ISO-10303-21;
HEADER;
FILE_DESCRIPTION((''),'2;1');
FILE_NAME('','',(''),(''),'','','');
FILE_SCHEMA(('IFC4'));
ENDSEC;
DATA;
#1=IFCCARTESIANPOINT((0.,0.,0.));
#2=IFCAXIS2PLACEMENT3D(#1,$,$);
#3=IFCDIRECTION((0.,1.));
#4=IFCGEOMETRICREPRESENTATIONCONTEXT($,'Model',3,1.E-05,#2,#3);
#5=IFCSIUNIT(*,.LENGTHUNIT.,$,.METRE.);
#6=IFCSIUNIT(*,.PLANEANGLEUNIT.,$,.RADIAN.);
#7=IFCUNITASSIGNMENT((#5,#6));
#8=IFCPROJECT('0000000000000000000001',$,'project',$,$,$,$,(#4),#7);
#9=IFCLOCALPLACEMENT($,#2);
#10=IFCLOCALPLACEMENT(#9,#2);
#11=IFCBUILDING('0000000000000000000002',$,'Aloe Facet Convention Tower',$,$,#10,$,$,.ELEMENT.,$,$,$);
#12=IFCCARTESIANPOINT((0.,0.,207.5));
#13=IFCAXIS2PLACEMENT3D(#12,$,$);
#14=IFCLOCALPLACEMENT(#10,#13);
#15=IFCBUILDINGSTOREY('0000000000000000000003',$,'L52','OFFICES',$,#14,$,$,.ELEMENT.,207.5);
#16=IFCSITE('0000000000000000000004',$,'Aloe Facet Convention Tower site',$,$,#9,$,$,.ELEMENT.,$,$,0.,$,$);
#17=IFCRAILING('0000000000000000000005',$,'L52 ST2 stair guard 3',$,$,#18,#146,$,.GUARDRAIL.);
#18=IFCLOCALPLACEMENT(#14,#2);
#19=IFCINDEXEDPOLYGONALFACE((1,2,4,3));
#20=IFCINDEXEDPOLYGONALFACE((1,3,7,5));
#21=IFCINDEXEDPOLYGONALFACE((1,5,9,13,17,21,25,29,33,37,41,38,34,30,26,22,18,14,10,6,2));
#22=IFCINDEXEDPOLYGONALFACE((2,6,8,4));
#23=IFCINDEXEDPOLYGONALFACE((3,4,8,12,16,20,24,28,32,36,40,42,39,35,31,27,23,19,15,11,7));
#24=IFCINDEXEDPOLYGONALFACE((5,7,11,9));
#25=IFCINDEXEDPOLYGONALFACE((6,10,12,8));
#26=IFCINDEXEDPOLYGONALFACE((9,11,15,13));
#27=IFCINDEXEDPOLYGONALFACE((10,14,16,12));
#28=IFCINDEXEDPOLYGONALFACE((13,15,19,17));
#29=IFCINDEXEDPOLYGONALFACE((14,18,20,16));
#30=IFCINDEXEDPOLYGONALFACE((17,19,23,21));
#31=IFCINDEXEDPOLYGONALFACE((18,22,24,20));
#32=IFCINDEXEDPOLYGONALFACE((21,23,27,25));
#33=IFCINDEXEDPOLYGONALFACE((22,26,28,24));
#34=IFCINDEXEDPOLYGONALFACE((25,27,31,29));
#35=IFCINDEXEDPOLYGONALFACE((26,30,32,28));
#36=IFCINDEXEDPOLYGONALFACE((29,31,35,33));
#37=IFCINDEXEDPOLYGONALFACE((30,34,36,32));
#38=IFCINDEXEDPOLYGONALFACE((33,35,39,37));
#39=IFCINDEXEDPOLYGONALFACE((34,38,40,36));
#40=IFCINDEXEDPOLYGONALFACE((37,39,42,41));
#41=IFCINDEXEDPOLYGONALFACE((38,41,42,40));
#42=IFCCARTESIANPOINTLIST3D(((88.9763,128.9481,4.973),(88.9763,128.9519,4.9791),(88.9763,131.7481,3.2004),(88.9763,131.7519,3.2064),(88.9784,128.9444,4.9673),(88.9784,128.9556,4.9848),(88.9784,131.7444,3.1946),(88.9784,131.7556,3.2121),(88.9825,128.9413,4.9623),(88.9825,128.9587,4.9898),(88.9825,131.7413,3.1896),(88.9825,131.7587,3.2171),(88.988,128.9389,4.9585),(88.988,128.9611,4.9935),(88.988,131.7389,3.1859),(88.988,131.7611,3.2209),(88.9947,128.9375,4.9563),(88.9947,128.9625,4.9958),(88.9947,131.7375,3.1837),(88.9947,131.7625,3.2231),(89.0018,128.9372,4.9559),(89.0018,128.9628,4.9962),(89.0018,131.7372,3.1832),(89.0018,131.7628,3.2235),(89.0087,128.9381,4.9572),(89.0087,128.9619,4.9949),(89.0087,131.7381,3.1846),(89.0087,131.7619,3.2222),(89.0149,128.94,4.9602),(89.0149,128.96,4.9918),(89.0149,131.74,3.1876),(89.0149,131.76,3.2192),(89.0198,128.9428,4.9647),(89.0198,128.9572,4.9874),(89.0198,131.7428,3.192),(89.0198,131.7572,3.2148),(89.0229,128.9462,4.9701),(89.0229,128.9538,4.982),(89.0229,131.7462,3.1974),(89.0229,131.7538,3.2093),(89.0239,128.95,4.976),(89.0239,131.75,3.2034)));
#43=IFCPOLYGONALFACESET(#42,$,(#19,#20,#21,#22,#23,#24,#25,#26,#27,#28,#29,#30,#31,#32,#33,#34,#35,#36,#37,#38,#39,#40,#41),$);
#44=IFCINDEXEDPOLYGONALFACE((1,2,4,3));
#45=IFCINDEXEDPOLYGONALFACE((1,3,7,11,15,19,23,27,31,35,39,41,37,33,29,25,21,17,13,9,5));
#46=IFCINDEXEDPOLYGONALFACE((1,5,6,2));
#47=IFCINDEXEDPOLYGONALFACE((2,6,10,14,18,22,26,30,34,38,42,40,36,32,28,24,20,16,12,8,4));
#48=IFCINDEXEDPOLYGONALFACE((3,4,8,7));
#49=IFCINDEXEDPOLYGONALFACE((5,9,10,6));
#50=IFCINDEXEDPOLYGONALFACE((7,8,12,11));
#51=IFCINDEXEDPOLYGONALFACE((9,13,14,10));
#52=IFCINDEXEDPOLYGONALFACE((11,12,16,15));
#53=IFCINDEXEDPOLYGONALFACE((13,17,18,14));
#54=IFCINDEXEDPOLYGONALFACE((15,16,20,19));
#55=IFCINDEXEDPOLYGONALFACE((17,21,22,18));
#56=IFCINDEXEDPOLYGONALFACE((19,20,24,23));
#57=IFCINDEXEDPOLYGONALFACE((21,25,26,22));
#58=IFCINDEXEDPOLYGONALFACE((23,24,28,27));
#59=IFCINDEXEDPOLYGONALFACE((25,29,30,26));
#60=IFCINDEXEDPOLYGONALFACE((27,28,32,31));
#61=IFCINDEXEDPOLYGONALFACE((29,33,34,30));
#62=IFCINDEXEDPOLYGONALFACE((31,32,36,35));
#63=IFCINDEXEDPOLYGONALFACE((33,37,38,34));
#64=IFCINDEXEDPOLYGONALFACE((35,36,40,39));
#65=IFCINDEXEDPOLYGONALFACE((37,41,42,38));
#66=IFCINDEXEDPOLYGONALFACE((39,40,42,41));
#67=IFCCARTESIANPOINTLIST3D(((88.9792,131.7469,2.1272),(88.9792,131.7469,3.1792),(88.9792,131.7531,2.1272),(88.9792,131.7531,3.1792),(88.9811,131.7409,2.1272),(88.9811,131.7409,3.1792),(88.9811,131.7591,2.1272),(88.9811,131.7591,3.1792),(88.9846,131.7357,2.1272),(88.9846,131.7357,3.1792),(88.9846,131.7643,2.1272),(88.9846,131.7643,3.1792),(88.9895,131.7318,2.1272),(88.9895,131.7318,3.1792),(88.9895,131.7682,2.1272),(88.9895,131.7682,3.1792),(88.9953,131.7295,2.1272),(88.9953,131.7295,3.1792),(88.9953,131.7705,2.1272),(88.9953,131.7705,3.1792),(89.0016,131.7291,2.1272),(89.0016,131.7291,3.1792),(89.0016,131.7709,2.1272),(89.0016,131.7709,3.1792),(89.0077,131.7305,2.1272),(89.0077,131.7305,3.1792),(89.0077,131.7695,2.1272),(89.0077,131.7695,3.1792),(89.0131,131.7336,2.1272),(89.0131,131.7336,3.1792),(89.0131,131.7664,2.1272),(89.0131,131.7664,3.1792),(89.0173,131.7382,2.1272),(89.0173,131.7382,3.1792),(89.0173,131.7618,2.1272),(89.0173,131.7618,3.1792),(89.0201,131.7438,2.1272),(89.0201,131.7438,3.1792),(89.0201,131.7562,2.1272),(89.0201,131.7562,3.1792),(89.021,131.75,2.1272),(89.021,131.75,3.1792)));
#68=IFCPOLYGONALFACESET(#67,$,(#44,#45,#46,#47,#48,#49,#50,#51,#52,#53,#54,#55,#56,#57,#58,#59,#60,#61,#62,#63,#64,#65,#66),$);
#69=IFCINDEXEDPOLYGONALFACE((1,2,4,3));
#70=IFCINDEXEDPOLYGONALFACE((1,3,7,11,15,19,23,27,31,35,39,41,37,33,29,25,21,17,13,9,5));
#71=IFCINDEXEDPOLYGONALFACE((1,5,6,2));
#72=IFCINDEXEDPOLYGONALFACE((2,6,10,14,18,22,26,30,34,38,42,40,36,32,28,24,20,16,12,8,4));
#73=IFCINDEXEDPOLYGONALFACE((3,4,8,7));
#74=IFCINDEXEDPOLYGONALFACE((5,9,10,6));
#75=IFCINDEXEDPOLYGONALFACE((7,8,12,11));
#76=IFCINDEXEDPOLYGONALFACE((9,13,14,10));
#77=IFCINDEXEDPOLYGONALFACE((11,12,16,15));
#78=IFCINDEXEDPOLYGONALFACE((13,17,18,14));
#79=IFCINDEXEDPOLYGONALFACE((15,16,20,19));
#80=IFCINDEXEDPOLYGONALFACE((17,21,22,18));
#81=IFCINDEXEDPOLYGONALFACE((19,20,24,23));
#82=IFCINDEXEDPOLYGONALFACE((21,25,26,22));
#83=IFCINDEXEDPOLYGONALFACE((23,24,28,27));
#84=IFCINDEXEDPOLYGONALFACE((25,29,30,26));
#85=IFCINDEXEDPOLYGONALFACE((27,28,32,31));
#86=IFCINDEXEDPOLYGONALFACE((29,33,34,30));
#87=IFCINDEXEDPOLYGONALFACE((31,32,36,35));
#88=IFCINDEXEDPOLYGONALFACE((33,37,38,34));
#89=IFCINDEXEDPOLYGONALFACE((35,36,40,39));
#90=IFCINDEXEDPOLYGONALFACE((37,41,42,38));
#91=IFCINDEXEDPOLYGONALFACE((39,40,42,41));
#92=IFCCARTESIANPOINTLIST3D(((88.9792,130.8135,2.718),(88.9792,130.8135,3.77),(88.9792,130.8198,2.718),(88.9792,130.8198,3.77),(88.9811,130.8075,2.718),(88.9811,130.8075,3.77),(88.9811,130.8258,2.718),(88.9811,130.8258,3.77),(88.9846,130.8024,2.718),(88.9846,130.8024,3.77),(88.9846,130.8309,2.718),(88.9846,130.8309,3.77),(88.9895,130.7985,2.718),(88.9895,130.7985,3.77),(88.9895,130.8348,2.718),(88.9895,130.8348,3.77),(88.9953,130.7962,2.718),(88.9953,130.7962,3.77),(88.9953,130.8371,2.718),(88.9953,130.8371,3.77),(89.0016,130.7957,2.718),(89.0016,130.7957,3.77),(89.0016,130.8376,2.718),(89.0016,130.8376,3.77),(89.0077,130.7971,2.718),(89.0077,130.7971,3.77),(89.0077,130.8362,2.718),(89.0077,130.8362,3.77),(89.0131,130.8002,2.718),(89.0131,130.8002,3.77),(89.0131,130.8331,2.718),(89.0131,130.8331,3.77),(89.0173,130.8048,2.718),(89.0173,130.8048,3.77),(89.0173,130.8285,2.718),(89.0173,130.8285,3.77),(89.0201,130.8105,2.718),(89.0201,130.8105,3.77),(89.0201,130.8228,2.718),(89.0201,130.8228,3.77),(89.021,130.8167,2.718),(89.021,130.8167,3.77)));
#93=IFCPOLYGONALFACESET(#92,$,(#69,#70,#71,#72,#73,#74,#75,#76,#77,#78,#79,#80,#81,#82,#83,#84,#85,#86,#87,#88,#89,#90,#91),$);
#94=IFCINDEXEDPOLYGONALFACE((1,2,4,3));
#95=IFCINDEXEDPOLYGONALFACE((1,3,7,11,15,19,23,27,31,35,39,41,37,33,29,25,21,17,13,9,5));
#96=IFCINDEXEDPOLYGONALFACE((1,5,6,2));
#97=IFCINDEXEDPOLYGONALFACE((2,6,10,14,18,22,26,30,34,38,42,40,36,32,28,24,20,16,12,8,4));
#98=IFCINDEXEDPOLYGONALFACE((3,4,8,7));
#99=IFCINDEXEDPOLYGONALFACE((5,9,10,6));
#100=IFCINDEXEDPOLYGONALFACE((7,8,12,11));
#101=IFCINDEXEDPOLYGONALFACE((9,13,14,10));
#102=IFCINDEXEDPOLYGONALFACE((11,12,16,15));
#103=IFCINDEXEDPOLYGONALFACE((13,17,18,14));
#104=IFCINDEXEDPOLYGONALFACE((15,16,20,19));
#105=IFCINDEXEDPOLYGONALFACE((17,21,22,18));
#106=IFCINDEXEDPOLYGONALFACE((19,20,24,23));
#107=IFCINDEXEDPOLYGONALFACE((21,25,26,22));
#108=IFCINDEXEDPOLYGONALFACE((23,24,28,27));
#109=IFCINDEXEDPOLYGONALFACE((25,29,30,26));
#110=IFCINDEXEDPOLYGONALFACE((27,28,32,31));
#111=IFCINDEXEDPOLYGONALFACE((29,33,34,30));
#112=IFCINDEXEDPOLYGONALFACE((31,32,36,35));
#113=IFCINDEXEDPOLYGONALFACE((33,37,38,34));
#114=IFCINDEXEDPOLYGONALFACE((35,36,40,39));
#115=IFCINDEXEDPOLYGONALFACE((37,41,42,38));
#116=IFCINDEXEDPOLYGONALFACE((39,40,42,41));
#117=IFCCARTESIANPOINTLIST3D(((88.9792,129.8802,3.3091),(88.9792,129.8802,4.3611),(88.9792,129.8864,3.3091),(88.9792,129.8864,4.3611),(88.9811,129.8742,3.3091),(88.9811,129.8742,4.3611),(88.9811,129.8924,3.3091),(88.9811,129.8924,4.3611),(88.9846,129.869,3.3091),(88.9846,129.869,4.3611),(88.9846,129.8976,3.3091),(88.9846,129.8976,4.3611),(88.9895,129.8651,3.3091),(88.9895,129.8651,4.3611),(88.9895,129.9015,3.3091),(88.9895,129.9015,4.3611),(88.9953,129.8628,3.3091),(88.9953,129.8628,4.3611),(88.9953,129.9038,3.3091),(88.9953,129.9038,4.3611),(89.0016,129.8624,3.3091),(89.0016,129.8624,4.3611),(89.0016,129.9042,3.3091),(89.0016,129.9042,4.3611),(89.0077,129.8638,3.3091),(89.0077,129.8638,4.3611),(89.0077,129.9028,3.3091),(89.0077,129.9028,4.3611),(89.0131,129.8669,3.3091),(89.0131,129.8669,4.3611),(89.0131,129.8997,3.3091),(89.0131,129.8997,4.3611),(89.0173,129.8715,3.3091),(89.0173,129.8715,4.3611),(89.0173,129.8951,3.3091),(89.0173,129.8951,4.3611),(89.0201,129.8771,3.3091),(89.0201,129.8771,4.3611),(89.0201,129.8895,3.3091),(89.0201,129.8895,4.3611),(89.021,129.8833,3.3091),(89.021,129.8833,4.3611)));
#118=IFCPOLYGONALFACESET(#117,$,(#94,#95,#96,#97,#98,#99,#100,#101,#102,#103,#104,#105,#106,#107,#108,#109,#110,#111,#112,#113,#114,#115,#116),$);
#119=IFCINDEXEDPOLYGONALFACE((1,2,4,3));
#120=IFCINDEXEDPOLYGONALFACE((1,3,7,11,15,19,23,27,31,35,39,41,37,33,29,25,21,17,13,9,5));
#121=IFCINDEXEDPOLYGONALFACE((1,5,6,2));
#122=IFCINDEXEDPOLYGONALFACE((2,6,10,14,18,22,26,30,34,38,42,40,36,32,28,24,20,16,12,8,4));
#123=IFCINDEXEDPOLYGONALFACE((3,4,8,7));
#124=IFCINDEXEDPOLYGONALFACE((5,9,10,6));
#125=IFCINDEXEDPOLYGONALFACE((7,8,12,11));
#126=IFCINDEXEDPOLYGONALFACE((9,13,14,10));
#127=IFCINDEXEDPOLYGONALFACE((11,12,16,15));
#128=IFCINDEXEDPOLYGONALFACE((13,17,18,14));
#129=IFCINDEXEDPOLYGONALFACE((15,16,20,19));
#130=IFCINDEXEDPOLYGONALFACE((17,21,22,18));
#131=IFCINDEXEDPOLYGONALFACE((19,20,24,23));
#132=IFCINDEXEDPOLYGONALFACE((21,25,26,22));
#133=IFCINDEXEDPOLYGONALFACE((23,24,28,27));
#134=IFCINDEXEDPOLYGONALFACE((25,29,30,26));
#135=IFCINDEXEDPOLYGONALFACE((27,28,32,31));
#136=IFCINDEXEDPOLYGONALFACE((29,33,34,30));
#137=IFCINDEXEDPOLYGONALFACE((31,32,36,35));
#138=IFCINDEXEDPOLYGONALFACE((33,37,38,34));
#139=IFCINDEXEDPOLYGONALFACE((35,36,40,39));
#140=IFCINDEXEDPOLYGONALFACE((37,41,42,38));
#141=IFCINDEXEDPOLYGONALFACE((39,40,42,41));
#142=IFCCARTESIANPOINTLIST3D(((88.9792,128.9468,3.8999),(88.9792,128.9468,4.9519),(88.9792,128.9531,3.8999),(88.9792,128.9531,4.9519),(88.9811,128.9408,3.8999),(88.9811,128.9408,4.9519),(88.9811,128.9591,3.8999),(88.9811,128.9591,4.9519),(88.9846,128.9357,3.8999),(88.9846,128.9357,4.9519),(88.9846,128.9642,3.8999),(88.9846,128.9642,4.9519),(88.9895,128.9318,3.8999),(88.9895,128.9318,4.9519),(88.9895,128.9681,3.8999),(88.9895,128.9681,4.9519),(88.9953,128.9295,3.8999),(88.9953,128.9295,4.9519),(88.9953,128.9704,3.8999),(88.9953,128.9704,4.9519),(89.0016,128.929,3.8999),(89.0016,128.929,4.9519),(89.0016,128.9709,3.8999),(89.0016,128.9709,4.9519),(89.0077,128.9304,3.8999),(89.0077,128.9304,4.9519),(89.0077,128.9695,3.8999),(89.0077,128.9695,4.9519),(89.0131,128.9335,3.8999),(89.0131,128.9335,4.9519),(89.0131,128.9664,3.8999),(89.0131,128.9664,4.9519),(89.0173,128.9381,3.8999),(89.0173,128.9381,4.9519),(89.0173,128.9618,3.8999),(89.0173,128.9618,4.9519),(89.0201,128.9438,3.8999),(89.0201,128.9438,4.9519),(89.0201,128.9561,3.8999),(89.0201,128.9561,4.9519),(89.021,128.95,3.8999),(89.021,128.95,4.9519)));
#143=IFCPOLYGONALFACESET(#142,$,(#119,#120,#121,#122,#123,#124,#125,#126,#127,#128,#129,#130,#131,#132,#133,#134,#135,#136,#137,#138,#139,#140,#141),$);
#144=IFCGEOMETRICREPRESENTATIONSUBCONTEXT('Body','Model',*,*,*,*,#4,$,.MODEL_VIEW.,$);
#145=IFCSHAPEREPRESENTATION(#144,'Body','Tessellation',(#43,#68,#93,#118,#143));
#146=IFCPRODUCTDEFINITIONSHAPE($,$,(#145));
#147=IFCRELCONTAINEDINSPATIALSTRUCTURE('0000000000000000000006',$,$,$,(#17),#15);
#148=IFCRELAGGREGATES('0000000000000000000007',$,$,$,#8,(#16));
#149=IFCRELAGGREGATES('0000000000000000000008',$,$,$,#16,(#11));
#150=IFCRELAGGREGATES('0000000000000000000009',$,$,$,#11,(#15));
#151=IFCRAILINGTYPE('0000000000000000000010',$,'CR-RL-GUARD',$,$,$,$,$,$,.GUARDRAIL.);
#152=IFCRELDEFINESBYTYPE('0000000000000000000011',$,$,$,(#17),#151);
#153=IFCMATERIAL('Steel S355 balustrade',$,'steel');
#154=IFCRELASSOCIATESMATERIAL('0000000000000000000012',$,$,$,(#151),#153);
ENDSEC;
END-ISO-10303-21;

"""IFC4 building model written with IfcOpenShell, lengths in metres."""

from ifc_helpers import new_model, si_unit, direction, frame, origin, origin_2d, place, context, subcontext, project, spatial, circle, extrude, material, type_object, element, save


model = new_model("IFC4")

# Units and contexts
model_context = context("Model", 3, precision=1e-05, world=origin(), true_north=direction((0.0, 1.0)))
body_context = subcontext(model_context, "Body", "Model", "MODEL_VIEW")
ifc_project = project(units=[si_unit("LENGTHUNIT", "METRE"), si_unit("PLANEANGLEUNIT", "RADIAN")], contexts=[model_context])

# Site, building, storey
site_placement = place(None, origin())
site = spatial("IfcSite", under=ifc_project, at=site_placement, Name="Aloe Facet Convention Tower site", CompositionType="ELEMENT", RefElevation=0.0)
building_placement = place(site_placement, origin())
building = spatial("IfcBuilding", under=site, at=building_placement, Name="Aloe Facet Convention Tower", CompositionType="ELEMENT")
storey_placement = place(building_placement, frame((0.0, 0.0, 207.5)))
storey = spatial("IfcBuildingStorey", under=building, at=storey_placement, Name="L52", Description="OFFICES", CompositionType="ELEMENT", Elevation=207.5)

# Railing
ifc_material_1 = material(Name="Steel S355 balustrade", Category="steel")
railing_type_1 = type_object("IfcRailingType", Name="CR-RL-GUARD", PredefinedType="GUARDRAIL", material=ifc_material_1)
railing_1_placement = place(storey_placement, frame((89.0, 131.75, 2.1272)))
element("IfcRailing", 1, at=railing_1_placement, inside=storey, type_object=railing_type_1, Name="L52 ST2 stair guard 3", PredefinedType="GUARDRAIL", context=body_context, shape_type="SweptSolid", body=[
    extrude(circle(Radius=0.0239, at=origin_2d()), frame((0.0, 0.0, 1.0762), z_axis=(0.0, -0.844909, 0.53491), x_axis=(1.0, 0.0, 0.0)), (0.0, 0.0, 1.0), 3.314),
    extrude(circle(Radius=0.021, at=origin_2d()), origin(), (0.0, 0.0, 1.0), 1.052),
    extrude(circle(Radius=0.021, at=origin_2d()), frame((0.0, -0.9333, 0.5908)), (0.0, 0.0, 1.0), 1.052),
    extrude(circle(Radius=0.021, at=origin_2d()), frame((0.0, -1.8667, 1.1819)), (0.0, 0.0, 1.0), 1.052),
    extrude(circle(Radius=0.021, at=origin_2d()), frame((0.0, -2.8, 1.7727)), (0.0, 0.0, 1.0), 1.052),
])

save(model, "model.ifc")
